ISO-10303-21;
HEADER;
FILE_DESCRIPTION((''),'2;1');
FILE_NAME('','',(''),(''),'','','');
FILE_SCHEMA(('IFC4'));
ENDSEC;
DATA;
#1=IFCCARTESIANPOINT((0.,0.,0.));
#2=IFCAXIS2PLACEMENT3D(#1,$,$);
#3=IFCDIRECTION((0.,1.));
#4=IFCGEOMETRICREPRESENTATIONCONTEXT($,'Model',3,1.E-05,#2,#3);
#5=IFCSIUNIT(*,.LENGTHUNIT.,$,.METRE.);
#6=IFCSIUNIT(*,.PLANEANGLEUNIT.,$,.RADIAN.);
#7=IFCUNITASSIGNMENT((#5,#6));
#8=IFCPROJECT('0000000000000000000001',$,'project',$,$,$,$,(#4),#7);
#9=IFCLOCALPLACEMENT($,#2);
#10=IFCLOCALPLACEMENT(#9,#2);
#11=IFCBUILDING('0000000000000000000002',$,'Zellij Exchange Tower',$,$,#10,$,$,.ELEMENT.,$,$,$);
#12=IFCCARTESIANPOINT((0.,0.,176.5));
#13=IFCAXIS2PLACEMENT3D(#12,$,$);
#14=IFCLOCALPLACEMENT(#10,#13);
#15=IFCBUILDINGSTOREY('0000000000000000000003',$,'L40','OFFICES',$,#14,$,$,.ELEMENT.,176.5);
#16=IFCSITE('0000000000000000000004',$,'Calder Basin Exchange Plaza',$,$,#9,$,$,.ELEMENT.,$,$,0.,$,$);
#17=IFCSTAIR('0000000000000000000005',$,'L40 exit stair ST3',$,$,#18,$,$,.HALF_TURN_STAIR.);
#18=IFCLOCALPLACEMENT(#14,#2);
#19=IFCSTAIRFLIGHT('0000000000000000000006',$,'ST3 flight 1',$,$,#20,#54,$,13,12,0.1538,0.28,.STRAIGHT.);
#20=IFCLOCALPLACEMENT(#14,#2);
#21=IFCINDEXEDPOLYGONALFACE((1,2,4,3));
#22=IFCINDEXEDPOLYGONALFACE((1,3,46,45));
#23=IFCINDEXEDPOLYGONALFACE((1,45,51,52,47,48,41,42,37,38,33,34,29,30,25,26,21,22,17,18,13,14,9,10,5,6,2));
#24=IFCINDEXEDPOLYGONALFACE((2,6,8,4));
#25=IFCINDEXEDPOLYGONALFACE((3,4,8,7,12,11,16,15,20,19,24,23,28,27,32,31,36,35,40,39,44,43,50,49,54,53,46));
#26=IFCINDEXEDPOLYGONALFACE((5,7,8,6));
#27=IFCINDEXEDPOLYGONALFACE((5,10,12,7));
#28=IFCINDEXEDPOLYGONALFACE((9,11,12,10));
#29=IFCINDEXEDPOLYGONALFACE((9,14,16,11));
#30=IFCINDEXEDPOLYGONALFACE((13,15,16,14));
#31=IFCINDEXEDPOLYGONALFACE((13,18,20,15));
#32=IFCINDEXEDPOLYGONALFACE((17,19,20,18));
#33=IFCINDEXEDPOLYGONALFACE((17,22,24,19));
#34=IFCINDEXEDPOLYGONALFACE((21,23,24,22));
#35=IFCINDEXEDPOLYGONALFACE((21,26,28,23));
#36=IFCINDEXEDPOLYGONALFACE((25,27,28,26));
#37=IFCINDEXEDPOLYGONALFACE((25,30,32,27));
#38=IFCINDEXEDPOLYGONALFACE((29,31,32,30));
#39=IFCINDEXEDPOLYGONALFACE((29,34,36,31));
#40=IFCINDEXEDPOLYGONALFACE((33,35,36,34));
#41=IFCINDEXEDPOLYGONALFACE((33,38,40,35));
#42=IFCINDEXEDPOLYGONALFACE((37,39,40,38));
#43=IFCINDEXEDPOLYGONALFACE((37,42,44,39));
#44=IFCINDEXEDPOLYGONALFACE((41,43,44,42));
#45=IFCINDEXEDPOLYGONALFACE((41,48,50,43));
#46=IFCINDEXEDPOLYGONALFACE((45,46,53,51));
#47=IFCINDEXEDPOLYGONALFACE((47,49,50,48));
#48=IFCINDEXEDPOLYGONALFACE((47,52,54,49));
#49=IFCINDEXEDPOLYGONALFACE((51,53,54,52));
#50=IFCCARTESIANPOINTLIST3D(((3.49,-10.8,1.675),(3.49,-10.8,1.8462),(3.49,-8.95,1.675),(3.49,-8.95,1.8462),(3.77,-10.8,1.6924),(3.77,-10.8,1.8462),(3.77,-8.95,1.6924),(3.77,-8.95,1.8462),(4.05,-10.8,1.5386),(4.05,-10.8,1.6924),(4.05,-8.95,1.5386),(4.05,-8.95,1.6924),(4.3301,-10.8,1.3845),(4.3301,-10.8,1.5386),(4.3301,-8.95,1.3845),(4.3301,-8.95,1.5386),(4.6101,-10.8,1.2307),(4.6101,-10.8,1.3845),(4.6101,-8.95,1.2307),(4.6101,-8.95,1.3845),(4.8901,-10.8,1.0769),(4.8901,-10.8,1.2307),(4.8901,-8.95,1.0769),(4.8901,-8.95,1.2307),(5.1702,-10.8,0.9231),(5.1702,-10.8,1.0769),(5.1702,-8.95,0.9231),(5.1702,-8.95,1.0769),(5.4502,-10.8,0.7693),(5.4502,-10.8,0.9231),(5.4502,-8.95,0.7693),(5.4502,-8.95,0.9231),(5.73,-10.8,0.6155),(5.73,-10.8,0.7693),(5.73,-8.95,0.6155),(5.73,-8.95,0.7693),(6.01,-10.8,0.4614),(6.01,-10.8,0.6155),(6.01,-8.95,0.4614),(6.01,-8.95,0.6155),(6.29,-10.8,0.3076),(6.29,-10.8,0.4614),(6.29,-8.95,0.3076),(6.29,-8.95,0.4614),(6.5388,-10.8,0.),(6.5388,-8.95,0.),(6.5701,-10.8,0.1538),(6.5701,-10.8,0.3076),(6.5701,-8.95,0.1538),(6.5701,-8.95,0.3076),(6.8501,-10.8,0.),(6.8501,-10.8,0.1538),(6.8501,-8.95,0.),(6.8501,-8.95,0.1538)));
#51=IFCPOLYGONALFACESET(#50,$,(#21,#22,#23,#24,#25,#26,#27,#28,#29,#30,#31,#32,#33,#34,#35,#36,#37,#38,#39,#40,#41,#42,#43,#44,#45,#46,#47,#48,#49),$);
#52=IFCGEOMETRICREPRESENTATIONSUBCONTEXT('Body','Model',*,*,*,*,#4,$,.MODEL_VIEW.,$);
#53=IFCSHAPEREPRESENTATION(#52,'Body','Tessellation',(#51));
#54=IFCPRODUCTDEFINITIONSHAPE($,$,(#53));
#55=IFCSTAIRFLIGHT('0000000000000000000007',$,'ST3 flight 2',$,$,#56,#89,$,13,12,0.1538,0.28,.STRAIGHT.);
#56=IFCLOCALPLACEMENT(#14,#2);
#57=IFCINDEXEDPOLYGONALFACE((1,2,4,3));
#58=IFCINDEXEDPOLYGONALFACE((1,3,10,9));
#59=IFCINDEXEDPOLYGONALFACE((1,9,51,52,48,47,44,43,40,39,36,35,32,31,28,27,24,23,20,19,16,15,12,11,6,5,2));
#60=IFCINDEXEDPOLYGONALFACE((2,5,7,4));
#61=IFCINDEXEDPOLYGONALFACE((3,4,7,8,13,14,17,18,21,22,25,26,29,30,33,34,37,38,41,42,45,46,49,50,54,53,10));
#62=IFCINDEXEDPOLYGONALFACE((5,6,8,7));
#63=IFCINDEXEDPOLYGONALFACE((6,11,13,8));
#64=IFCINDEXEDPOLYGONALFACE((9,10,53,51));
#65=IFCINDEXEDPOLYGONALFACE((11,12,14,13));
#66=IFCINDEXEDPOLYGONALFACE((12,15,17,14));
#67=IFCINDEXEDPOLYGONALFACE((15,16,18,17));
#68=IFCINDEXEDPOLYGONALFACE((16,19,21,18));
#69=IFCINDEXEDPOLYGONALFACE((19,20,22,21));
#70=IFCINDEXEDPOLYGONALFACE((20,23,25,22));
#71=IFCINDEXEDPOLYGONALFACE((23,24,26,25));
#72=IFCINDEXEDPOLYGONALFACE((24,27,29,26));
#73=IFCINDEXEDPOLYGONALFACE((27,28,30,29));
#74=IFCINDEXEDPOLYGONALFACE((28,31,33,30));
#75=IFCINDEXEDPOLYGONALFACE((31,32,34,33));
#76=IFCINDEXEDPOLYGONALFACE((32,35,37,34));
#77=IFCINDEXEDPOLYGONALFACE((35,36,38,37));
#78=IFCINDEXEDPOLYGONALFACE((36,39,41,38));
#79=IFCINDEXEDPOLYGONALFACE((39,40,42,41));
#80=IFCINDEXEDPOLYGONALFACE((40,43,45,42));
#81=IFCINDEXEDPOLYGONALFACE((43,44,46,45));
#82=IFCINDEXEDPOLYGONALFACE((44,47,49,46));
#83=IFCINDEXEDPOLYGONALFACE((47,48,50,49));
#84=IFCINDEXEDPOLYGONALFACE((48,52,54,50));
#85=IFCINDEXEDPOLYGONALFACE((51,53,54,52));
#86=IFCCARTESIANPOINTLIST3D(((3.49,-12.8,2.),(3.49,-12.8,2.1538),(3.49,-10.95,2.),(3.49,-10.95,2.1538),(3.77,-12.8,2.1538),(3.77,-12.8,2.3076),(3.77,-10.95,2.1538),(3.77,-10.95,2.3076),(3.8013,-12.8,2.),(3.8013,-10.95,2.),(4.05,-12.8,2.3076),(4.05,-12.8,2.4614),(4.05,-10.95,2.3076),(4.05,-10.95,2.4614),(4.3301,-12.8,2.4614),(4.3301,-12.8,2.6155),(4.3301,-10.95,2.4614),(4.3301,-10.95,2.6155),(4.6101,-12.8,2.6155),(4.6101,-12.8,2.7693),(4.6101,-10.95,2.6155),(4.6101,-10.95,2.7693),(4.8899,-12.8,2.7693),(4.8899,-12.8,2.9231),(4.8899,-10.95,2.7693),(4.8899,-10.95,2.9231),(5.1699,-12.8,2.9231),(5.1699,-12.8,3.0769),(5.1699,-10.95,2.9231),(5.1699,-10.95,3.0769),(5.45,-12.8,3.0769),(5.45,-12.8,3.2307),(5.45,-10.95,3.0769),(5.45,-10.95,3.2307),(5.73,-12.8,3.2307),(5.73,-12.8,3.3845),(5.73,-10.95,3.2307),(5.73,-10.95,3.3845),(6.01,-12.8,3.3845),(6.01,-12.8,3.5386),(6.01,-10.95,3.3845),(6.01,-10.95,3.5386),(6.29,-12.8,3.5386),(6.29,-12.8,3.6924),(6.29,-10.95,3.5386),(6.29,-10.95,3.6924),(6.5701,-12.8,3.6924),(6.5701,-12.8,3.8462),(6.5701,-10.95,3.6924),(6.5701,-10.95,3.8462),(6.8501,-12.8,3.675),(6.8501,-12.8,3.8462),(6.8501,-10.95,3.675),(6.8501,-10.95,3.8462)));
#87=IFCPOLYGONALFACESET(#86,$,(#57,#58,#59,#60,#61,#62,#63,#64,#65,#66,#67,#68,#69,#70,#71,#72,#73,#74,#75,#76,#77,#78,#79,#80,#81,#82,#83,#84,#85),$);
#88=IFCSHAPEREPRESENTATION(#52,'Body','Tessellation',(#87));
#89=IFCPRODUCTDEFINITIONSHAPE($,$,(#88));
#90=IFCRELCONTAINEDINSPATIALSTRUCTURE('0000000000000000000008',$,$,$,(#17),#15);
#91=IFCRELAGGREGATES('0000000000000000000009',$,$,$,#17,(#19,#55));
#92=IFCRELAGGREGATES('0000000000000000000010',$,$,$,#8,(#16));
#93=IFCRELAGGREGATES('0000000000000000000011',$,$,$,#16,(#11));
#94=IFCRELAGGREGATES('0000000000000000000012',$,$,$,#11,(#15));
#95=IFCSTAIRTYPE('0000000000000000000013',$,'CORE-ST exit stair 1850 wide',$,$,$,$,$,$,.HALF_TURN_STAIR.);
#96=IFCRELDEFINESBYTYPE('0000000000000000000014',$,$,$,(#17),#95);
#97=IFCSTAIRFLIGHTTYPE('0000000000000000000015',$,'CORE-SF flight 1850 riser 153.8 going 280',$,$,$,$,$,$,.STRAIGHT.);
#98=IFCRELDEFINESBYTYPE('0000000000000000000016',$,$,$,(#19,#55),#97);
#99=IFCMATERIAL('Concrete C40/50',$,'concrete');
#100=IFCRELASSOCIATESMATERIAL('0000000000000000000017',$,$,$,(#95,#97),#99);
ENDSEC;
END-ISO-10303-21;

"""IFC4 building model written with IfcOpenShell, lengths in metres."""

from ifc_helpers import new_model, si_unit, direction, frame, origin, place, context, subcontext, project, spatial, polyline, outline, extrude, material, type_object, element, aggregate, save


model = new_model("IFC4")

# Units and contexts
model_context = context("Model", 3, precision=1e-05, world=origin(), true_north=direction((0.0, 1.0)))
body_context = subcontext(model_context, "Body", "Model", "MODEL_VIEW")
ifc_project = project(units=[si_unit("LENGTHUNIT", "METRE"), si_unit("PLANEANGLEUNIT", "RADIAN")], contexts=[model_context])

# Site, building, storey
site_placement = place(None, origin())
site = spatial("IfcSite", under=ifc_project, at=site_placement, Name="Calder Basin Exchange Plaza", CompositionType="ELEMENT", RefElevation=0.0)
building_placement = place(site_placement, origin())
building = spatial("IfcBuilding", under=site, at=building_placement, Name="Zellij Exchange Tower", CompositionType="ELEMENT")
storey_placement = place(building_placement, frame((0.0, 0.0, 176.5)))
storey = spatial("IfcBuildingStorey", under=building, at=storey_placement, Name="L40", Description="OFFICES", CompositionType="ELEMENT", Elevation=176.5)

# Stair, stair flights
ifc_material_1 = material(Name="Concrete C40/50", Category="concrete")
stair_type = type_object("IfcStairType", Name="CORE-ST exit stair 1850 wide", PredefinedType="HALF_TURN_STAIR", material=ifc_material_1)
stair_placement = place(storey_placement, origin())
stair = element("IfcStair", 1, at=stair_placement, inside=storey, type_object=stair_type, Name="L40 exit stair ST3", PredefinedType="HALF_TURN_STAIR")
stair_flight_type = type_object("IfcStairFlightType", Name="CORE-SF flight 1850 riser 153.8 going 280", PredefinedType="STRAIGHT", material=ifc_material_1)
stair_flight_1_placement = place(storey_placement, frame((6.8501, -9.875, 0.0), z_axis=(0.0, 0.0, 1.0), x_axis=(-1.0, 0.0, 0.0)))
stair_flight_1 = element("IfcStairFlight", 2, at=stair_flight_1_placement, type_object=stair_flight_type, Name="ST3 flight 1", NumberOfRisers=13, NumberOfTreads=12, PredefinedType="STRAIGHT", RiserHeight=0.1538, TreadLength=0.28, context=body_context, shape_type="SweptSolid", body=[
    extrude(outline(polyline([(0.0, 0.0), (0.0, 0.1538), (0.28, 0.1538), (0.28, 0.3076), (0.5601, 0.3076), (0.5601, 0.4614), (0.8401, 0.4614), (0.8401, 0.6155), (1.1201, 0.6155), (1.1201, 0.7693), (1.3999, 0.7693), (1.3999, 0.9231), (1.6799, 0.9231), (1.6799, 1.0769), (1.96, 1.0769), (1.96, 1.2307), (2.24, 1.2307), (2.24, 1.3845), (2.52, 1.3845), (2.52, 1.5386), (2.8, 1.5386), (2.8, 1.6924), (3.0801, 1.6924), (3.0801, 1.8462), (3.3601, 1.8462), (3.3601, 2.0), (3.3601, 1.675), (0.3113, 0.0), (0.0, 0.0)])), frame((0.0, 0.925, 0.0), z_axis=(0.0, -1.0, 0.0), x_axis=(1.0, 0.0, 0.0)), (0.0, 0.0, 1.0), 1.8501),
])
stair_flight_2_placement = place(storey_placement, frame((3.49, -11.875, 2.0), z_axis=(0.0, 0.0, 1.0), x_axis=(1.0, 0.0, 0.0)))
stair_flight_2 = element("IfcStairFlight", 3, at=stair_flight_2_placement, type_object=stair_flight_type, Name="ST3 flight 2", NumberOfRisers=13, NumberOfTreads=12, PredefinedType="STRAIGHT", RiserHeight=0.1538, TreadLength=0.28, context=body_context, shape_type="SweptSolid", body=[
    extrude(outline(polyline([(0.0, 0.0), (0.0, 0.1538), (0.28, 0.1538), (0.28, 0.3076), (0.5601, 0.3076), (0.5601, 0.4614), (0.8401, 0.4614), (0.8401, 0.6155), (1.1201, 0.6155), (1.1201, 0.7693), (1.3999, 0.7693), (1.3999, 0.9231), (1.6799, 0.9231), (1.6799, 1.0769), (1.96, 1.0769), (1.96, 1.2307), (2.24, 1.2307), (2.24, 1.3845), (2.52, 1.3845), (2.52, 1.5386), (2.8, 1.5386), (2.8, 1.6924), (3.0801, 1.6924), (3.0801, 1.8462), (3.3601, 1.8462), (3.3601, 2.0), (3.3601, 1.675), (0.3113, 0.0), (0.0, 0.0)])), frame((0.0, 0.925, 0.0), z_axis=(0.0, -1.0, 0.0), x_axis=(1.0, 0.0, 0.0)), (0.0, 0.0, 1.0), 1.8501),
])
aggregate(stair, [stair_flight_1, stair_flight_2])

save(model, "model.ifc")
